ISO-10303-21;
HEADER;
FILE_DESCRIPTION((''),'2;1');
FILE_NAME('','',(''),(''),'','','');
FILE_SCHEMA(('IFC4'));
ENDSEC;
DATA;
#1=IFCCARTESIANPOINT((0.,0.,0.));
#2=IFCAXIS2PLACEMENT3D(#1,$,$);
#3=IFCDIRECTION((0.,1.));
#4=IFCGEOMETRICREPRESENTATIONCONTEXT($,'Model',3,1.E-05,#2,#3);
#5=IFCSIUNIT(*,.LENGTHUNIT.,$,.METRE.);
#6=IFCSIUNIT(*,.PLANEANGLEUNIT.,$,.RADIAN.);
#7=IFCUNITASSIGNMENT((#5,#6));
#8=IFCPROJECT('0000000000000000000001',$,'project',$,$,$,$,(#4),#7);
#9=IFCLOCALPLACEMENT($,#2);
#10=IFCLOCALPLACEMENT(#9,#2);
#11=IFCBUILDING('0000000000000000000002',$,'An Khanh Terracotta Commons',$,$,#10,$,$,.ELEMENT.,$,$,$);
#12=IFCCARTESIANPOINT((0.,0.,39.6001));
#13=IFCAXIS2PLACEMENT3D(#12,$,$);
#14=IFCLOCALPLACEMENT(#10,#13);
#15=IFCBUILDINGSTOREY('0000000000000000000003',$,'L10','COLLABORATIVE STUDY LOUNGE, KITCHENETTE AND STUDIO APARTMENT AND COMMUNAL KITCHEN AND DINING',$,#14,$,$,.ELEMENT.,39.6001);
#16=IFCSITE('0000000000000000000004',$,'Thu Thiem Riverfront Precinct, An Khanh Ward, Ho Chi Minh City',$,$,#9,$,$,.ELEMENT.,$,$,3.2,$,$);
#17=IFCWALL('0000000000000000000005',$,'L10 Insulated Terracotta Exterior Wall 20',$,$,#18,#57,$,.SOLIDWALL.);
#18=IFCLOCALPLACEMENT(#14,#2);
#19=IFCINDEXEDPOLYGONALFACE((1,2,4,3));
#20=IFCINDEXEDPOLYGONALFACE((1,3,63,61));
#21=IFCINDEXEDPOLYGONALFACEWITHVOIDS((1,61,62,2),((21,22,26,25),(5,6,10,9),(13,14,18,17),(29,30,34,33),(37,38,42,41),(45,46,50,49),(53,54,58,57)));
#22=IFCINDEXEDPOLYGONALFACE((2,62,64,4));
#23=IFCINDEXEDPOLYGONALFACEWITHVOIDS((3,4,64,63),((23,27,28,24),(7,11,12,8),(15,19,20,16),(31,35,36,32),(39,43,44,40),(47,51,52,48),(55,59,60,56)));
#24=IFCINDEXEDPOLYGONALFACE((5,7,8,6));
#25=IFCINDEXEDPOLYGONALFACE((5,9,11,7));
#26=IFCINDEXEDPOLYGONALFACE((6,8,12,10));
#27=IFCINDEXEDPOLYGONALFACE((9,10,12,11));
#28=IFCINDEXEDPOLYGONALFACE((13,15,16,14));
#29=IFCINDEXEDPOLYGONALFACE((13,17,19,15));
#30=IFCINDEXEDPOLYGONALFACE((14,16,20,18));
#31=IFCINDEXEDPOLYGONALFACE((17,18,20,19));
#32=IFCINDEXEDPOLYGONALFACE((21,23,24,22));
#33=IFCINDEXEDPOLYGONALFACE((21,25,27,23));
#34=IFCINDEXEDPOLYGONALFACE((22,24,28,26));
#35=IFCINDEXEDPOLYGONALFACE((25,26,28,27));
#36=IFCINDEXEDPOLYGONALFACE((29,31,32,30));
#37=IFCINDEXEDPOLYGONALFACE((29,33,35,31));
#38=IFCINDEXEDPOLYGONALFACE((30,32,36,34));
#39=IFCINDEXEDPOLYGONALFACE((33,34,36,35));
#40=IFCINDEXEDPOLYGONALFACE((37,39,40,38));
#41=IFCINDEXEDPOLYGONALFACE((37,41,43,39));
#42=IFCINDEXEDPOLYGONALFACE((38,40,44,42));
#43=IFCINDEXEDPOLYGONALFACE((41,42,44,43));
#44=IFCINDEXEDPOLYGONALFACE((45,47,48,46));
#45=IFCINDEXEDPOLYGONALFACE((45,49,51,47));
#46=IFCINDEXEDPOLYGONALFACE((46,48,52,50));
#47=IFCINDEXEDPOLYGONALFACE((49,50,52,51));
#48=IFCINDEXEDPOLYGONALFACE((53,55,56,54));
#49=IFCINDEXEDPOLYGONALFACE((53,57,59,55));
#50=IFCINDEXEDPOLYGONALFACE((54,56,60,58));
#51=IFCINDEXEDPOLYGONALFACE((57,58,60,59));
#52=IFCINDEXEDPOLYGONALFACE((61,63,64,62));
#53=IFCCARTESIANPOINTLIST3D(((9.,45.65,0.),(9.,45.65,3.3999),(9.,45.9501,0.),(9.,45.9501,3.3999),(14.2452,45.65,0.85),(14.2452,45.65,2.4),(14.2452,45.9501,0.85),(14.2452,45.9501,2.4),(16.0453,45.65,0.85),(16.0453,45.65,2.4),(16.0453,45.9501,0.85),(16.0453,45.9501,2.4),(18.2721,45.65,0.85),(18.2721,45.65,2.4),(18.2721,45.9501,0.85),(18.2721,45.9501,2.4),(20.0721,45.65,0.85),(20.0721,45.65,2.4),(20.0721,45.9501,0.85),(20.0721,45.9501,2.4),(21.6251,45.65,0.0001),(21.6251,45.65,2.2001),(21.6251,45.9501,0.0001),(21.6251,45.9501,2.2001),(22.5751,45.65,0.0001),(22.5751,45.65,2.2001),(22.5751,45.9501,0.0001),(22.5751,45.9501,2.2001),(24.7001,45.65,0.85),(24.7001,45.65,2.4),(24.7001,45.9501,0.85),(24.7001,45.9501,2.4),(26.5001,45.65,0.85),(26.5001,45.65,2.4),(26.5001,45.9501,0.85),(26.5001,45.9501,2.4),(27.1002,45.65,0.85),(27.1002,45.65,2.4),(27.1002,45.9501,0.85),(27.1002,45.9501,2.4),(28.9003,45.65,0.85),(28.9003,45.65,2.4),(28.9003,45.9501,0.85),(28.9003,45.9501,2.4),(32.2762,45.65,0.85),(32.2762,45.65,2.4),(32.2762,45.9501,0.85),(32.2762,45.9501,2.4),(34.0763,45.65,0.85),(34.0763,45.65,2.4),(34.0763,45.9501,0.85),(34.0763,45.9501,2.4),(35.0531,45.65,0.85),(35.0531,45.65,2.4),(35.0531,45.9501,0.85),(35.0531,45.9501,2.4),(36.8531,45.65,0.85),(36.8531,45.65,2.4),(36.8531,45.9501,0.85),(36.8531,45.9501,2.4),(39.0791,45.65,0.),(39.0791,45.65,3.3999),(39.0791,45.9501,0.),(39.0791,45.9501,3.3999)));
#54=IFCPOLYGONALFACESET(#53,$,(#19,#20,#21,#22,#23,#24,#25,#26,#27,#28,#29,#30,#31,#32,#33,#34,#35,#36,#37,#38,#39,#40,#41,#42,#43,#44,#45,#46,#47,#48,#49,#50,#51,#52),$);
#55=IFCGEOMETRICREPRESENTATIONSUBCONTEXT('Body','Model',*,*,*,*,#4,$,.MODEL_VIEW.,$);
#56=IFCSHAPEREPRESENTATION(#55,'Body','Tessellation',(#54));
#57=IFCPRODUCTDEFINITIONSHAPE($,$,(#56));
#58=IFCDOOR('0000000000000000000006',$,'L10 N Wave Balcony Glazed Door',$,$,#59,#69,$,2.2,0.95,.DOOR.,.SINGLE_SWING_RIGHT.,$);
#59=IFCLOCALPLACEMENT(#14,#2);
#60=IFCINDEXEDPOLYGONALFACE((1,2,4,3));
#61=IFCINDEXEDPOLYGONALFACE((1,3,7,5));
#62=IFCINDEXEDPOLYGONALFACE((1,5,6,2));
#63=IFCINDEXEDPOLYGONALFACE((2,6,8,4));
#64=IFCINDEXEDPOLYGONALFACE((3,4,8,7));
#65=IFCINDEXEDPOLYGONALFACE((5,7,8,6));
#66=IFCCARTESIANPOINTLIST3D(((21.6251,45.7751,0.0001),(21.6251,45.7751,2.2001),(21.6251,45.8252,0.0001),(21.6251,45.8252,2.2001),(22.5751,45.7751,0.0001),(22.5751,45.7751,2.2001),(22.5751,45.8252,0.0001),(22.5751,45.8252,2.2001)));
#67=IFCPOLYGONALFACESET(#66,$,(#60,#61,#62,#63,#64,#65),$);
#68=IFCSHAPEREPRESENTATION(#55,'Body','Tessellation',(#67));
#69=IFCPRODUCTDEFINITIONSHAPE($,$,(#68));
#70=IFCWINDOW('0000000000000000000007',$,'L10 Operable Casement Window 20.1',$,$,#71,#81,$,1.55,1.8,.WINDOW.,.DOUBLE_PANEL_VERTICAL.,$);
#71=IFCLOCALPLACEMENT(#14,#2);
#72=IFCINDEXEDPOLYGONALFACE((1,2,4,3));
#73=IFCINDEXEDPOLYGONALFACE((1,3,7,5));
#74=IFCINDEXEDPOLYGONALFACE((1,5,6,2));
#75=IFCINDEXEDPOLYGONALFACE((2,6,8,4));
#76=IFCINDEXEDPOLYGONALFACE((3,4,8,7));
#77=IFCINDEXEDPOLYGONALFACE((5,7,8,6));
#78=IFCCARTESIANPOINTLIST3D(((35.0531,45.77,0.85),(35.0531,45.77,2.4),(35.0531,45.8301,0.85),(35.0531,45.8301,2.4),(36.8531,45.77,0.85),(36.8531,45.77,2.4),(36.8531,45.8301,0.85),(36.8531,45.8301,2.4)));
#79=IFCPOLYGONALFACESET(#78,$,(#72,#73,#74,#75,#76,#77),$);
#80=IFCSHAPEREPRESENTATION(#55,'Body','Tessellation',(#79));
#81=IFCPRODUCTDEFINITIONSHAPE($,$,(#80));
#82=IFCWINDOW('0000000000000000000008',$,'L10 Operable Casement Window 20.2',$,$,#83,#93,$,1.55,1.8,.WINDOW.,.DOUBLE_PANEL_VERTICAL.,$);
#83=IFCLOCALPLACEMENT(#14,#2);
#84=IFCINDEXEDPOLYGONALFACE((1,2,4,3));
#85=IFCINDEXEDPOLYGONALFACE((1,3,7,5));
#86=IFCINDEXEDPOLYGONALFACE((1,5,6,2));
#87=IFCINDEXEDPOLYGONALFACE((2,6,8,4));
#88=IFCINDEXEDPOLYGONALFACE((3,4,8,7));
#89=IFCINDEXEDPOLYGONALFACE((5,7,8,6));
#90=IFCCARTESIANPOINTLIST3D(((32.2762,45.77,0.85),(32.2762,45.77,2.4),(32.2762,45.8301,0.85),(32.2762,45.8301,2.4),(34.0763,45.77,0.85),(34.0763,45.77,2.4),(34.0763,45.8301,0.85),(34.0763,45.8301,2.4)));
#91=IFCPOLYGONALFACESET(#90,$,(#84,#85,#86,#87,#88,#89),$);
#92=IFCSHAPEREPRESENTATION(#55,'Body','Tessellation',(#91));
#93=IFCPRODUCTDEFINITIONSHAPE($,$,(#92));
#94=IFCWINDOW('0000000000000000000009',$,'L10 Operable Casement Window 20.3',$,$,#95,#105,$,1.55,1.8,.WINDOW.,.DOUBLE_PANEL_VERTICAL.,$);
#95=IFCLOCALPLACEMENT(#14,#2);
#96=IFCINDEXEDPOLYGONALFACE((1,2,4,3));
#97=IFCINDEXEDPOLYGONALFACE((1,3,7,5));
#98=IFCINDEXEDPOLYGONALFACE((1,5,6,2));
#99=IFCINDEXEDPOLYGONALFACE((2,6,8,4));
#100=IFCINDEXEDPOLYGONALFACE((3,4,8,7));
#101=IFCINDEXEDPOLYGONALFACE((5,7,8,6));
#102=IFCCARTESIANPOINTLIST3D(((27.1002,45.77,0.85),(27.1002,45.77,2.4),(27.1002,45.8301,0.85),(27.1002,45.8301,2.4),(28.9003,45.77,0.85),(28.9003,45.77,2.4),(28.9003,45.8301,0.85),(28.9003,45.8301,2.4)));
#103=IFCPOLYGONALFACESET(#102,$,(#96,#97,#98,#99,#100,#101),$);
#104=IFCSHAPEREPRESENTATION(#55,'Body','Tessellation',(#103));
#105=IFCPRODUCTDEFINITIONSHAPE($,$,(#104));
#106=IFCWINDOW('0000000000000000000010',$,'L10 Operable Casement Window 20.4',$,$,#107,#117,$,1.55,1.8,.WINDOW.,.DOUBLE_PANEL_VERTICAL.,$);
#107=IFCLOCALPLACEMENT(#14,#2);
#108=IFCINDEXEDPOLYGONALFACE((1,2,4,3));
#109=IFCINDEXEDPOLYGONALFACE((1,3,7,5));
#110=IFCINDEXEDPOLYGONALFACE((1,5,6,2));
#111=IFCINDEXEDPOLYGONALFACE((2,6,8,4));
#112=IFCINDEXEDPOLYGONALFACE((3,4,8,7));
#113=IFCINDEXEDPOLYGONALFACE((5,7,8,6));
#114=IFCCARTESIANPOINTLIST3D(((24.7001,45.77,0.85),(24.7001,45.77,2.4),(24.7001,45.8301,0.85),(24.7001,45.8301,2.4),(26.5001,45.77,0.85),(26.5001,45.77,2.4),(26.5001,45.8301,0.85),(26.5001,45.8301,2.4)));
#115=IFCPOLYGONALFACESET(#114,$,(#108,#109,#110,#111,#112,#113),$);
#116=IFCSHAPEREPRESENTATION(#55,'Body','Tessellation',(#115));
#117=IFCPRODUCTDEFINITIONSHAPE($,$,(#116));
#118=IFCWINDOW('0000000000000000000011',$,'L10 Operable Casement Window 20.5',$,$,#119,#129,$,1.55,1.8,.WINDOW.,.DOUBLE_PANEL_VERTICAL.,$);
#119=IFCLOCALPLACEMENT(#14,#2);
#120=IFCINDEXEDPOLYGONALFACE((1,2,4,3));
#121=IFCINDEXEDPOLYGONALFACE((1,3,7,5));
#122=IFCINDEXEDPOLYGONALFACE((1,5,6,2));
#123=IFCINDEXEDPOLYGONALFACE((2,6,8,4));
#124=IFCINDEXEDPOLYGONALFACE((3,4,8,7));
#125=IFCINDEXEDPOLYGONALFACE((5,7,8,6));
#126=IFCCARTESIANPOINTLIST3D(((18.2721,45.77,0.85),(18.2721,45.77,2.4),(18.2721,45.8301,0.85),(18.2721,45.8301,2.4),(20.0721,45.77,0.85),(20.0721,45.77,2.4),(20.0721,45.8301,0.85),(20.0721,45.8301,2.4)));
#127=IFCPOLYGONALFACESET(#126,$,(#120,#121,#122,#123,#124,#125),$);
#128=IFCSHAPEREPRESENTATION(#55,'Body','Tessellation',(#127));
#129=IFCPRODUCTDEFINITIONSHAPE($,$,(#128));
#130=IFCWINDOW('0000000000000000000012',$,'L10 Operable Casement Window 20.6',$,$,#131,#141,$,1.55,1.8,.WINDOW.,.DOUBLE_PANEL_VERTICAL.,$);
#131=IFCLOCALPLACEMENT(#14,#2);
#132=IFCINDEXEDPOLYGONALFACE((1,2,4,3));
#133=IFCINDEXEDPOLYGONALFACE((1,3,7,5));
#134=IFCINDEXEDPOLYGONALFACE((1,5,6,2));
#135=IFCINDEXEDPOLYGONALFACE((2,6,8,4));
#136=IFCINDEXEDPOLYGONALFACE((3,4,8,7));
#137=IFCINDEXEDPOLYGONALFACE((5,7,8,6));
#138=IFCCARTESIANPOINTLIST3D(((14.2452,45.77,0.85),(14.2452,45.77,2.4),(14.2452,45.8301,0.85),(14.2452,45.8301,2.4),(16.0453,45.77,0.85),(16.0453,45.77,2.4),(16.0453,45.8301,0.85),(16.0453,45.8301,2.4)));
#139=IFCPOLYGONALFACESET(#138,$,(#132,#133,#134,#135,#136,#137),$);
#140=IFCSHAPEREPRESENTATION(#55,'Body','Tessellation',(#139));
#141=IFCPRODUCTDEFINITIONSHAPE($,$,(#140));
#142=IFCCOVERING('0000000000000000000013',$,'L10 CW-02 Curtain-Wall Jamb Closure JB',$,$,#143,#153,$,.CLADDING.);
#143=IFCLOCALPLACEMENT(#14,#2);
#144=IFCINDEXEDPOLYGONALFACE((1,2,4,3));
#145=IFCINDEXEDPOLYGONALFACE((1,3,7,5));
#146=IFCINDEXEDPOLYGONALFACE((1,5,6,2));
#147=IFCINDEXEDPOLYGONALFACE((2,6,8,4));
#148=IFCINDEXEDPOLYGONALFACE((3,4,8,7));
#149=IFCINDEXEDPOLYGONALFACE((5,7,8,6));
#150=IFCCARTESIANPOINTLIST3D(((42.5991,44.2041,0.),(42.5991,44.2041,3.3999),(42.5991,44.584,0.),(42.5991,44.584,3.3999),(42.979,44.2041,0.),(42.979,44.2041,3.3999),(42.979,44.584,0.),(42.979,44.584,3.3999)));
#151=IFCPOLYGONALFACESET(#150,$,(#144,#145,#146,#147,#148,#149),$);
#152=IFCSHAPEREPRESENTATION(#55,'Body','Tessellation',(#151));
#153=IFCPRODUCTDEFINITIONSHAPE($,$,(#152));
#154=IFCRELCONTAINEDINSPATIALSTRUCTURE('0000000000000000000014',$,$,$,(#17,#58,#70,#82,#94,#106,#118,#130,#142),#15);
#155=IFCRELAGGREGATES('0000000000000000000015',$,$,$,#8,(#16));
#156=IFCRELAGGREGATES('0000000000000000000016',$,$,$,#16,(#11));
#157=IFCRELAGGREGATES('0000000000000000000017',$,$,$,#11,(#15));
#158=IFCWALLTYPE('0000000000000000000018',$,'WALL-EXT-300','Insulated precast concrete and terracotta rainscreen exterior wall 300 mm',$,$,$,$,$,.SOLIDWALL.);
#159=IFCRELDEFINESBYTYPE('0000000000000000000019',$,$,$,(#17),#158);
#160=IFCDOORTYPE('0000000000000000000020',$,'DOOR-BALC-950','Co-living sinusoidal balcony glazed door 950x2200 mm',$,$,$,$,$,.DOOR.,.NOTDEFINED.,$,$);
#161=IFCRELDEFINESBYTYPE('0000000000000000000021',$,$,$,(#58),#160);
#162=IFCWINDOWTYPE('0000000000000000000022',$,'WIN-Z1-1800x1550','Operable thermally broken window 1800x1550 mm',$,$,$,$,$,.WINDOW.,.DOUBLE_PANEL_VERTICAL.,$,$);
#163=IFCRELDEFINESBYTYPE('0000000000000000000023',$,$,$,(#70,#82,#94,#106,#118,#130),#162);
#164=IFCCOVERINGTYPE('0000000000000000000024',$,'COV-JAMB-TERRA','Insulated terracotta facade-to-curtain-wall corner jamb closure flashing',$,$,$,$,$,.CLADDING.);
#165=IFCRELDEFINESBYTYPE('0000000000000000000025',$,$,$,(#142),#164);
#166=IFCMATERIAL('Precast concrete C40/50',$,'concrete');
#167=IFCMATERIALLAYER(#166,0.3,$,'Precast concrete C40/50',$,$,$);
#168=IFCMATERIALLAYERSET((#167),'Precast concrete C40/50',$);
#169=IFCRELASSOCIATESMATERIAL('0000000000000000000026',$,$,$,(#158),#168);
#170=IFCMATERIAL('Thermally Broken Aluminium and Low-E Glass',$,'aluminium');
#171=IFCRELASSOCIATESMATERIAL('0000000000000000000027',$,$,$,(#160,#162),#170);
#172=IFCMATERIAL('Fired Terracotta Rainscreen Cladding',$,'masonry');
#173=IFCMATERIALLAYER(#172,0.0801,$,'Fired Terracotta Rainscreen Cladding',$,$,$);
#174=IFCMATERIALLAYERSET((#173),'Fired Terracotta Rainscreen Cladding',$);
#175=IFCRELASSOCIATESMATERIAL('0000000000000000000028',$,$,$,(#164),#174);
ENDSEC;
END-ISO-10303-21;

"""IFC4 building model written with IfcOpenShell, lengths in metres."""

from ifc_helpers import new_model, si_unit, direction, frame, frame_2d, origin, origin_2d, place, context, subcontext, project, spatial, rectangle, extrude, material, layer, layer_set, type_object, element, fill, save


model = new_model("IFC4")

# Units and contexts
model_context = context("Model", 3, precision=1e-05, world=origin(), true_north=direction((0.0, 1.0)))
body_context = subcontext(model_context, "Body", "Model", "MODEL_VIEW")
ifc_project = project(units=[si_unit("LENGTHUNIT", "METRE"), si_unit("PLANEANGLEUNIT", "RADIAN")], contexts=[model_context])

# Site, building, storey
site_placement = place(None, origin())
site = spatial("IfcSite", under=ifc_project, at=site_placement, Name="Thu Thiem Riverfront Precinct, An Khanh Ward, Ho Chi Minh City", CompositionType="ELEMENT", RefElevation=3.2)
building_placement = place(site_placement, origin())
building = spatial("IfcBuilding", under=site, at=building_placement, Name="An Khanh Terracotta Commons", CompositionType="ELEMENT")
storey_placement = place(building_placement, frame((0.0, 0.0, 39.6001)))
storey = spatial("IfcBuildingStorey", under=building, at=storey_placement, Name="L10", Description="COLLABORATIVE STUDY LOUNGE, KITCHENETTE AND STUDIO APARTMENT AND COMMUNAL KITCHEN AND DINING", CompositionType="ELEMENT", Elevation=39.6001)

# Shared definitions
ifc_material_1 = material(Name="Precast concrete C40/50", Category="concrete")
ifc_layer_1 = layer(ifc_material_1, 0.3, Name="Precast concrete C40/50")
ifc_layer_set_1 = layer_set([ifc_layer_1], Name="Precast concrete C40/50")
wall_type_1 = type_object("IfcWallType", Name="WALL-EXT-300", Description="Insulated precast concrete and terracotta rainscreen exterior wall 300 mm", PredefinedType="SOLIDWALL", material=ifc_layer_set_1)

# Wall, openings, door, windows
wall_1_placement = place(storey_placement, frame((39.0791, 45.8, 0.0), z_axis=(0.0, 0.0, 1.0), x_axis=(-1.0, 0.0, 0.0)))
wall_1 = element("IfcWall", 1, at=wall_1_placement, inside=storey, type_object=wall_type_1, Name="L10 Insulated Terracotta Exterior Wall 20", PredefinedType="SOLIDWALL", context=body_context, shape_type="SweptSolid", body=[
    extrude(rectangle(XDim=30.0791, YDim=0.3, at=frame_2d((15.0396, 0.0))), origin(), (0.0, 0.0, 1.0), 3.3999),
])
opening_1_placement = place(wall_1_placement, frame((16.5039, 0.0, 0.0)))
opening_1 = element("IfcOpeningElement", 2, at=opening_1_placement, cuts=wall_1, PredefinedType="OPENING", context=body_context, shape_type="SweptSolid", body=[
    extrude(rectangle(XDim=0.95, YDim=2.2, at=frame_2d((0.4751, 1.1001))), frame((0.0, 0.1599, 0.0), z_axis=(0.0, -1.0, 0.0), x_axis=(1.0, 0.0, 0.0)), (0.0, 0.0, 1.0), 0.3201),
])
opening_2_placement = place(wall_1_placement, frame((2.2261, 0.0, 0.8501)))
opening_2 = element("IfcOpeningElement", 3, at=opening_2_placement, cuts=wall_1, PredefinedType="OPENING", context=body_context, shape_type="SweptSolid", body=[
    extrude(rectangle(XDim=1.8, YDim=1.55, at=frame_2d((0.8999, 0.7749))), frame((0.0, 0.1599, 0.0), z_axis=(0.0, -1.0, 0.0), x_axis=(1.0, 0.0, 0.0)), (0.0, 0.0, 1.0), 0.3201),
])
opening_3_placement = place(wall_1_placement, frame((5.0029, 0.0, 0.8501)))
opening_3 = element("IfcOpeningElement", 4, at=opening_3_placement, cuts=wall_1, PredefinedType="OPENING", context=body_context, shape_type="SweptSolid", body=[
    extrude(rectangle(XDim=1.8, YDim=1.55, at=frame_2d((0.8999, 0.7749))), frame((0.0, 0.1599, 0.0), z_axis=(0.0, -1.0, 0.0), x_axis=(1.0, 0.0, 0.0)), (0.0, 0.0, 1.0), 0.3201),
])
opening_4_placement = place(wall_1_placement, frame((10.179, 0.0, 0.8501)))
opening_4 = element("IfcOpeningElement", 5, at=opening_4_placement, cuts=wall_1, PredefinedType="OPENING", context=body_context, shape_type="SweptSolid", body=[
    extrude(rectangle(XDim=1.8, YDim=1.55, at=frame_2d((0.8999, 0.7749))), frame((0.0, 0.1599, 0.0), z_axis=(0.0, -1.0, 0.0), x_axis=(1.0, 0.0, 0.0)), (0.0, 0.0, 1.0), 0.3201),
])
opening_5_placement = place(wall_1_placement, frame((12.5791, 0.0, 0.8501)))
opening_5 = element("IfcOpeningElement", 6, at=opening_5_placement, cuts=wall_1, PredefinedType="OPENING", context=body_context, shape_type="SweptSolid", body=[
    extrude(rectangle(XDim=1.8, YDim=1.55, at=frame_2d((0.8999, 0.7749))), frame((0.0, 0.1599, 0.0), z_axis=(0.0, -1.0, 0.0), x_axis=(1.0, 0.0, 0.0)), (0.0, 0.0, 1.0), 0.3201),
])
opening_6_placement = place(wall_1_placement, frame((19.0071, 0.0, 0.8501)))
opening_6 = element("IfcOpeningElement", 7, at=opening_6_placement, cuts=wall_1, PredefinedType="OPENING", context=body_context, shape_type="SweptSolid", body=[
    extrude(rectangle(XDim=1.8, YDim=1.55, at=frame_2d((0.8999, 0.7749))), frame((0.0, 0.1599, 0.0), z_axis=(0.0, -1.0, 0.0), x_axis=(1.0, 0.0, 0.0)), (0.0, 0.0, 1.0), 0.3201),
])
opening_7_placement = place(wall_1_placement, frame((23.0339, 0.0, 0.8501)))
opening_7 = element("IfcOpeningElement", 8, at=opening_7_placement, cuts=wall_1, PredefinedType="OPENING", context=body_context, shape_type="SweptSolid", body=[
    extrude(rectangle(XDim=1.8, YDim=1.55, at=frame_2d((0.8999, 0.7749))), frame((0.0, 0.1599, 0.0), z_axis=(0.0, -1.0, 0.0), x_axis=(1.0, 0.0, 0.0)), (0.0, 0.0, 1.0), 0.3201),
])
ifc_material_2 = material(Name="Thermally Broken Aluminium and Low-E Glass", Category="aluminium")
door_type_1 = type_object("IfcDoorType", Name="DOOR-BALC-950", Description="Co-living sinusoidal balcony glazed door 950x2200 mm", OperationType="NOTDEFINED", PredefinedType="DOOR", material=ifc_material_2)
door_1_placement = place(opening_1_placement, origin())
door_1 = element("IfcDoor", 9, at=door_1_placement, inside=storey, type_object=door_type_1, Name="L10 N Wave Balcony Glazed Door", OperationType="SINGLE_SWING_RIGHT", OverallHeight=2.2, OverallWidth=0.95, PredefinedType="DOOR", context=body_context, shape_type="SweptSolid", body=[
    extrude(rectangle(XDim=0.95, YDim=2.2, at=frame_2d((0.4751, 1.1001))), frame((0.0, 0.0249, 0.0), z_axis=(0.0, -1.0, 0.0), x_axis=(1.0, 0.0, 0.0)), (0.0, 0.0, 1.0), 0.05),
])
fill(opening_1, door_1)
window_type = type_object("IfcWindowType", Name="WIN-Z1-1800x1550", Description="Operable thermally broken window 1800x1550 mm", PartitioningType="DOUBLE_PANEL_VERTICAL", PredefinedType="WINDOW", material=ifc_material_2)
window_1_placement = place(opening_2_placement, origin())
window_1 = element("IfcWindow", 10, at=window_1_placement, inside=storey, type_object=window_type, Name="L10 Operable Casement Window 20.1", OverallHeight=1.55, OverallWidth=1.8, PartitioningType="DOUBLE_PANEL_VERTICAL", PredefinedType="WINDOW", context=body_context, shape_type="SweptSolid", body=[
    extrude(rectangle(XDim=1.8, YDim=1.55, at=frame_2d((0.8999, 0.7749))), frame((0.0, 0.03, 0.0), z_axis=(0.0, -1.0, 0.0), x_axis=(1.0, 0.0, 0.0)), (0.0, 0.0, 1.0), 0.0601),
])
fill(opening_2, window_1)
window_2_placement = place(opening_3_placement, origin())
window_2 = element("IfcWindow", 11, at=window_2_placement, inside=storey, type_object=window_type, Name="L10 Operable Casement Window 20.2", OverallHeight=1.55, OverallWidth=1.8, PartitioningType="DOUBLE_PANEL_VERTICAL", PredefinedType="WINDOW", context=body_context, shape_type="SweptSolid", body=[
    extrude(rectangle(XDim=1.8, YDim=1.55, at=frame_2d((0.8999, 0.7749))), frame((0.0, 0.03, 0.0), z_axis=(0.0, -1.0, 0.0), x_axis=(1.0, 0.0, 0.0)), (0.0, 0.0, 1.0), 0.0601),
])
fill(opening_3, window_2)
window_3_placement = place(opening_4_placement, origin())
window_3 = element("IfcWindow", 12, at=window_3_placement, inside=storey, type_object=window_type, Name="L10 Operable Casement Window 20.3", OverallHeight=1.55, OverallWidth=1.8, PartitioningType="DOUBLE_PANEL_VERTICAL", PredefinedType="WINDOW", context=body_context, shape_type="SweptSolid", body=[
    extrude(rectangle(XDim=1.8, YDim=1.55, at=frame_2d((0.8999, 0.7749))), frame((0.0, 0.03, 0.0), z_axis=(0.0, -1.0, 0.0), x_axis=(1.0, 0.0, 0.0)), (0.0, 0.0, 1.0), 0.0601),
])
fill(opening_4, window_3)
window_4_placement = place(opening_5_placement, origin())
window_4 = element("IfcWindow", 13, at=window_4_placement, inside=storey, type_object=window_type, Name="L10 Operable Casement Window 20.4", OverallHeight=1.55, OverallWidth=1.8, PartitioningType="DOUBLE_PANEL_VERTICAL", PredefinedType="WINDOW", context=body_context, shape_type="SweptSolid", body=[
    extrude(rectangle(XDim=1.8, YDim=1.55, at=frame_2d((0.8999, 0.7749))), frame((0.0, 0.03, 0.0), z_axis=(0.0, -1.0, 0.0), x_axis=(1.0, 0.0, 0.0)), (0.0, 0.0, 1.0), 0.0601),
])
fill(opening_5, window_4)
window_5_placement = place(opening_6_placement, origin())
window_5 = element("IfcWindow", 14, at=window_5_placement, inside=storey, type_object=window_type, Name="L10 Operable Casement Window 20.5", OverallHeight=1.55, OverallWidth=1.8, PartitioningType="DOUBLE_PANEL_VERTICAL", PredefinedType="WINDOW", context=body_context, shape_type="SweptSolid", body=[
    extrude(rectangle(XDim=1.8, YDim=1.55, at=frame_2d((0.8999, 0.7749))), frame((0.0, 0.03, 0.0), z_axis=(0.0, -1.0, 0.0), x_axis=(1.0, 0.0, 0.0)), (0.0, 0.0, 1.0), 0.0601),
])
fill(opening_6, window_5)
window_6_placement = place(opening_7_placement, origin())
window_6 = element("IfcWindow", 15, at=window_6_placement, inside=storey, type_object=window_type, Name="L10 Operable Casement Window 20.6", OverallHeight=1.55, OverallWidth=1.8, PartitioningType="DOUBLE_PANEL_VERTICAL", PredefinedType="WINDOW", context=body_context, shape_type="SweptSolid", body=[
    extrude(rectangle(XDim=1.8, YDim=1.55, at=frame_2d((0.8999, 0.7749))), frame((0.0, 0.03, 0.0), z_axis=(0.0, -1.0, 0.0), x_axis=(1.0, 0.0, 0.0)), (0.0, 0.0, 1.0), 0.0601),
])
fill(opening_7, window_6)

# Covering
ifc_material_3 = material(Name="Fired Terracotta Rainscreen Cladding", Category="masonry")
ifc_layer_2 = layer(ifc_material_3, 0.0801, Name="Fired Terracotta Rainscreen Cladding")
ifc_layer_set_2 = layer_set([ifc_layer_2], Name="Fired Terracotta Rainscreen Cladding")
covering_type = type_object("IfcCoveringType", Name="COV-JAMB-TERRA", Description="Insulated terracotta facade-to-curtain-wall corner jamb closure flashing", PredefinedType="CLADDING", material=ifc_layer_set_2)
covering_placement = place(storey_placement, frame((42.7891, 44.394, 0.0), z_axis=(0.0, 0.0, 1.0), x_axis=(1.0, 0.0, 0.0)))
element("IfcCovering", 16, at=covering_placement, inside=storey, type_object=covering_type, Name="L10 CW-02 Curtain-Wall Jamb Closure JB", PredefinedType="CLADDING", context=body_context, shape_type="SweptSolid", body=[
    extrude(rectangle(XDim=0.3799, YDim=0.3799, at=origin_2d()), origin(), (0.0, 0.0, 1.0), 3.3999),
])

save(model, "model.ifc")
